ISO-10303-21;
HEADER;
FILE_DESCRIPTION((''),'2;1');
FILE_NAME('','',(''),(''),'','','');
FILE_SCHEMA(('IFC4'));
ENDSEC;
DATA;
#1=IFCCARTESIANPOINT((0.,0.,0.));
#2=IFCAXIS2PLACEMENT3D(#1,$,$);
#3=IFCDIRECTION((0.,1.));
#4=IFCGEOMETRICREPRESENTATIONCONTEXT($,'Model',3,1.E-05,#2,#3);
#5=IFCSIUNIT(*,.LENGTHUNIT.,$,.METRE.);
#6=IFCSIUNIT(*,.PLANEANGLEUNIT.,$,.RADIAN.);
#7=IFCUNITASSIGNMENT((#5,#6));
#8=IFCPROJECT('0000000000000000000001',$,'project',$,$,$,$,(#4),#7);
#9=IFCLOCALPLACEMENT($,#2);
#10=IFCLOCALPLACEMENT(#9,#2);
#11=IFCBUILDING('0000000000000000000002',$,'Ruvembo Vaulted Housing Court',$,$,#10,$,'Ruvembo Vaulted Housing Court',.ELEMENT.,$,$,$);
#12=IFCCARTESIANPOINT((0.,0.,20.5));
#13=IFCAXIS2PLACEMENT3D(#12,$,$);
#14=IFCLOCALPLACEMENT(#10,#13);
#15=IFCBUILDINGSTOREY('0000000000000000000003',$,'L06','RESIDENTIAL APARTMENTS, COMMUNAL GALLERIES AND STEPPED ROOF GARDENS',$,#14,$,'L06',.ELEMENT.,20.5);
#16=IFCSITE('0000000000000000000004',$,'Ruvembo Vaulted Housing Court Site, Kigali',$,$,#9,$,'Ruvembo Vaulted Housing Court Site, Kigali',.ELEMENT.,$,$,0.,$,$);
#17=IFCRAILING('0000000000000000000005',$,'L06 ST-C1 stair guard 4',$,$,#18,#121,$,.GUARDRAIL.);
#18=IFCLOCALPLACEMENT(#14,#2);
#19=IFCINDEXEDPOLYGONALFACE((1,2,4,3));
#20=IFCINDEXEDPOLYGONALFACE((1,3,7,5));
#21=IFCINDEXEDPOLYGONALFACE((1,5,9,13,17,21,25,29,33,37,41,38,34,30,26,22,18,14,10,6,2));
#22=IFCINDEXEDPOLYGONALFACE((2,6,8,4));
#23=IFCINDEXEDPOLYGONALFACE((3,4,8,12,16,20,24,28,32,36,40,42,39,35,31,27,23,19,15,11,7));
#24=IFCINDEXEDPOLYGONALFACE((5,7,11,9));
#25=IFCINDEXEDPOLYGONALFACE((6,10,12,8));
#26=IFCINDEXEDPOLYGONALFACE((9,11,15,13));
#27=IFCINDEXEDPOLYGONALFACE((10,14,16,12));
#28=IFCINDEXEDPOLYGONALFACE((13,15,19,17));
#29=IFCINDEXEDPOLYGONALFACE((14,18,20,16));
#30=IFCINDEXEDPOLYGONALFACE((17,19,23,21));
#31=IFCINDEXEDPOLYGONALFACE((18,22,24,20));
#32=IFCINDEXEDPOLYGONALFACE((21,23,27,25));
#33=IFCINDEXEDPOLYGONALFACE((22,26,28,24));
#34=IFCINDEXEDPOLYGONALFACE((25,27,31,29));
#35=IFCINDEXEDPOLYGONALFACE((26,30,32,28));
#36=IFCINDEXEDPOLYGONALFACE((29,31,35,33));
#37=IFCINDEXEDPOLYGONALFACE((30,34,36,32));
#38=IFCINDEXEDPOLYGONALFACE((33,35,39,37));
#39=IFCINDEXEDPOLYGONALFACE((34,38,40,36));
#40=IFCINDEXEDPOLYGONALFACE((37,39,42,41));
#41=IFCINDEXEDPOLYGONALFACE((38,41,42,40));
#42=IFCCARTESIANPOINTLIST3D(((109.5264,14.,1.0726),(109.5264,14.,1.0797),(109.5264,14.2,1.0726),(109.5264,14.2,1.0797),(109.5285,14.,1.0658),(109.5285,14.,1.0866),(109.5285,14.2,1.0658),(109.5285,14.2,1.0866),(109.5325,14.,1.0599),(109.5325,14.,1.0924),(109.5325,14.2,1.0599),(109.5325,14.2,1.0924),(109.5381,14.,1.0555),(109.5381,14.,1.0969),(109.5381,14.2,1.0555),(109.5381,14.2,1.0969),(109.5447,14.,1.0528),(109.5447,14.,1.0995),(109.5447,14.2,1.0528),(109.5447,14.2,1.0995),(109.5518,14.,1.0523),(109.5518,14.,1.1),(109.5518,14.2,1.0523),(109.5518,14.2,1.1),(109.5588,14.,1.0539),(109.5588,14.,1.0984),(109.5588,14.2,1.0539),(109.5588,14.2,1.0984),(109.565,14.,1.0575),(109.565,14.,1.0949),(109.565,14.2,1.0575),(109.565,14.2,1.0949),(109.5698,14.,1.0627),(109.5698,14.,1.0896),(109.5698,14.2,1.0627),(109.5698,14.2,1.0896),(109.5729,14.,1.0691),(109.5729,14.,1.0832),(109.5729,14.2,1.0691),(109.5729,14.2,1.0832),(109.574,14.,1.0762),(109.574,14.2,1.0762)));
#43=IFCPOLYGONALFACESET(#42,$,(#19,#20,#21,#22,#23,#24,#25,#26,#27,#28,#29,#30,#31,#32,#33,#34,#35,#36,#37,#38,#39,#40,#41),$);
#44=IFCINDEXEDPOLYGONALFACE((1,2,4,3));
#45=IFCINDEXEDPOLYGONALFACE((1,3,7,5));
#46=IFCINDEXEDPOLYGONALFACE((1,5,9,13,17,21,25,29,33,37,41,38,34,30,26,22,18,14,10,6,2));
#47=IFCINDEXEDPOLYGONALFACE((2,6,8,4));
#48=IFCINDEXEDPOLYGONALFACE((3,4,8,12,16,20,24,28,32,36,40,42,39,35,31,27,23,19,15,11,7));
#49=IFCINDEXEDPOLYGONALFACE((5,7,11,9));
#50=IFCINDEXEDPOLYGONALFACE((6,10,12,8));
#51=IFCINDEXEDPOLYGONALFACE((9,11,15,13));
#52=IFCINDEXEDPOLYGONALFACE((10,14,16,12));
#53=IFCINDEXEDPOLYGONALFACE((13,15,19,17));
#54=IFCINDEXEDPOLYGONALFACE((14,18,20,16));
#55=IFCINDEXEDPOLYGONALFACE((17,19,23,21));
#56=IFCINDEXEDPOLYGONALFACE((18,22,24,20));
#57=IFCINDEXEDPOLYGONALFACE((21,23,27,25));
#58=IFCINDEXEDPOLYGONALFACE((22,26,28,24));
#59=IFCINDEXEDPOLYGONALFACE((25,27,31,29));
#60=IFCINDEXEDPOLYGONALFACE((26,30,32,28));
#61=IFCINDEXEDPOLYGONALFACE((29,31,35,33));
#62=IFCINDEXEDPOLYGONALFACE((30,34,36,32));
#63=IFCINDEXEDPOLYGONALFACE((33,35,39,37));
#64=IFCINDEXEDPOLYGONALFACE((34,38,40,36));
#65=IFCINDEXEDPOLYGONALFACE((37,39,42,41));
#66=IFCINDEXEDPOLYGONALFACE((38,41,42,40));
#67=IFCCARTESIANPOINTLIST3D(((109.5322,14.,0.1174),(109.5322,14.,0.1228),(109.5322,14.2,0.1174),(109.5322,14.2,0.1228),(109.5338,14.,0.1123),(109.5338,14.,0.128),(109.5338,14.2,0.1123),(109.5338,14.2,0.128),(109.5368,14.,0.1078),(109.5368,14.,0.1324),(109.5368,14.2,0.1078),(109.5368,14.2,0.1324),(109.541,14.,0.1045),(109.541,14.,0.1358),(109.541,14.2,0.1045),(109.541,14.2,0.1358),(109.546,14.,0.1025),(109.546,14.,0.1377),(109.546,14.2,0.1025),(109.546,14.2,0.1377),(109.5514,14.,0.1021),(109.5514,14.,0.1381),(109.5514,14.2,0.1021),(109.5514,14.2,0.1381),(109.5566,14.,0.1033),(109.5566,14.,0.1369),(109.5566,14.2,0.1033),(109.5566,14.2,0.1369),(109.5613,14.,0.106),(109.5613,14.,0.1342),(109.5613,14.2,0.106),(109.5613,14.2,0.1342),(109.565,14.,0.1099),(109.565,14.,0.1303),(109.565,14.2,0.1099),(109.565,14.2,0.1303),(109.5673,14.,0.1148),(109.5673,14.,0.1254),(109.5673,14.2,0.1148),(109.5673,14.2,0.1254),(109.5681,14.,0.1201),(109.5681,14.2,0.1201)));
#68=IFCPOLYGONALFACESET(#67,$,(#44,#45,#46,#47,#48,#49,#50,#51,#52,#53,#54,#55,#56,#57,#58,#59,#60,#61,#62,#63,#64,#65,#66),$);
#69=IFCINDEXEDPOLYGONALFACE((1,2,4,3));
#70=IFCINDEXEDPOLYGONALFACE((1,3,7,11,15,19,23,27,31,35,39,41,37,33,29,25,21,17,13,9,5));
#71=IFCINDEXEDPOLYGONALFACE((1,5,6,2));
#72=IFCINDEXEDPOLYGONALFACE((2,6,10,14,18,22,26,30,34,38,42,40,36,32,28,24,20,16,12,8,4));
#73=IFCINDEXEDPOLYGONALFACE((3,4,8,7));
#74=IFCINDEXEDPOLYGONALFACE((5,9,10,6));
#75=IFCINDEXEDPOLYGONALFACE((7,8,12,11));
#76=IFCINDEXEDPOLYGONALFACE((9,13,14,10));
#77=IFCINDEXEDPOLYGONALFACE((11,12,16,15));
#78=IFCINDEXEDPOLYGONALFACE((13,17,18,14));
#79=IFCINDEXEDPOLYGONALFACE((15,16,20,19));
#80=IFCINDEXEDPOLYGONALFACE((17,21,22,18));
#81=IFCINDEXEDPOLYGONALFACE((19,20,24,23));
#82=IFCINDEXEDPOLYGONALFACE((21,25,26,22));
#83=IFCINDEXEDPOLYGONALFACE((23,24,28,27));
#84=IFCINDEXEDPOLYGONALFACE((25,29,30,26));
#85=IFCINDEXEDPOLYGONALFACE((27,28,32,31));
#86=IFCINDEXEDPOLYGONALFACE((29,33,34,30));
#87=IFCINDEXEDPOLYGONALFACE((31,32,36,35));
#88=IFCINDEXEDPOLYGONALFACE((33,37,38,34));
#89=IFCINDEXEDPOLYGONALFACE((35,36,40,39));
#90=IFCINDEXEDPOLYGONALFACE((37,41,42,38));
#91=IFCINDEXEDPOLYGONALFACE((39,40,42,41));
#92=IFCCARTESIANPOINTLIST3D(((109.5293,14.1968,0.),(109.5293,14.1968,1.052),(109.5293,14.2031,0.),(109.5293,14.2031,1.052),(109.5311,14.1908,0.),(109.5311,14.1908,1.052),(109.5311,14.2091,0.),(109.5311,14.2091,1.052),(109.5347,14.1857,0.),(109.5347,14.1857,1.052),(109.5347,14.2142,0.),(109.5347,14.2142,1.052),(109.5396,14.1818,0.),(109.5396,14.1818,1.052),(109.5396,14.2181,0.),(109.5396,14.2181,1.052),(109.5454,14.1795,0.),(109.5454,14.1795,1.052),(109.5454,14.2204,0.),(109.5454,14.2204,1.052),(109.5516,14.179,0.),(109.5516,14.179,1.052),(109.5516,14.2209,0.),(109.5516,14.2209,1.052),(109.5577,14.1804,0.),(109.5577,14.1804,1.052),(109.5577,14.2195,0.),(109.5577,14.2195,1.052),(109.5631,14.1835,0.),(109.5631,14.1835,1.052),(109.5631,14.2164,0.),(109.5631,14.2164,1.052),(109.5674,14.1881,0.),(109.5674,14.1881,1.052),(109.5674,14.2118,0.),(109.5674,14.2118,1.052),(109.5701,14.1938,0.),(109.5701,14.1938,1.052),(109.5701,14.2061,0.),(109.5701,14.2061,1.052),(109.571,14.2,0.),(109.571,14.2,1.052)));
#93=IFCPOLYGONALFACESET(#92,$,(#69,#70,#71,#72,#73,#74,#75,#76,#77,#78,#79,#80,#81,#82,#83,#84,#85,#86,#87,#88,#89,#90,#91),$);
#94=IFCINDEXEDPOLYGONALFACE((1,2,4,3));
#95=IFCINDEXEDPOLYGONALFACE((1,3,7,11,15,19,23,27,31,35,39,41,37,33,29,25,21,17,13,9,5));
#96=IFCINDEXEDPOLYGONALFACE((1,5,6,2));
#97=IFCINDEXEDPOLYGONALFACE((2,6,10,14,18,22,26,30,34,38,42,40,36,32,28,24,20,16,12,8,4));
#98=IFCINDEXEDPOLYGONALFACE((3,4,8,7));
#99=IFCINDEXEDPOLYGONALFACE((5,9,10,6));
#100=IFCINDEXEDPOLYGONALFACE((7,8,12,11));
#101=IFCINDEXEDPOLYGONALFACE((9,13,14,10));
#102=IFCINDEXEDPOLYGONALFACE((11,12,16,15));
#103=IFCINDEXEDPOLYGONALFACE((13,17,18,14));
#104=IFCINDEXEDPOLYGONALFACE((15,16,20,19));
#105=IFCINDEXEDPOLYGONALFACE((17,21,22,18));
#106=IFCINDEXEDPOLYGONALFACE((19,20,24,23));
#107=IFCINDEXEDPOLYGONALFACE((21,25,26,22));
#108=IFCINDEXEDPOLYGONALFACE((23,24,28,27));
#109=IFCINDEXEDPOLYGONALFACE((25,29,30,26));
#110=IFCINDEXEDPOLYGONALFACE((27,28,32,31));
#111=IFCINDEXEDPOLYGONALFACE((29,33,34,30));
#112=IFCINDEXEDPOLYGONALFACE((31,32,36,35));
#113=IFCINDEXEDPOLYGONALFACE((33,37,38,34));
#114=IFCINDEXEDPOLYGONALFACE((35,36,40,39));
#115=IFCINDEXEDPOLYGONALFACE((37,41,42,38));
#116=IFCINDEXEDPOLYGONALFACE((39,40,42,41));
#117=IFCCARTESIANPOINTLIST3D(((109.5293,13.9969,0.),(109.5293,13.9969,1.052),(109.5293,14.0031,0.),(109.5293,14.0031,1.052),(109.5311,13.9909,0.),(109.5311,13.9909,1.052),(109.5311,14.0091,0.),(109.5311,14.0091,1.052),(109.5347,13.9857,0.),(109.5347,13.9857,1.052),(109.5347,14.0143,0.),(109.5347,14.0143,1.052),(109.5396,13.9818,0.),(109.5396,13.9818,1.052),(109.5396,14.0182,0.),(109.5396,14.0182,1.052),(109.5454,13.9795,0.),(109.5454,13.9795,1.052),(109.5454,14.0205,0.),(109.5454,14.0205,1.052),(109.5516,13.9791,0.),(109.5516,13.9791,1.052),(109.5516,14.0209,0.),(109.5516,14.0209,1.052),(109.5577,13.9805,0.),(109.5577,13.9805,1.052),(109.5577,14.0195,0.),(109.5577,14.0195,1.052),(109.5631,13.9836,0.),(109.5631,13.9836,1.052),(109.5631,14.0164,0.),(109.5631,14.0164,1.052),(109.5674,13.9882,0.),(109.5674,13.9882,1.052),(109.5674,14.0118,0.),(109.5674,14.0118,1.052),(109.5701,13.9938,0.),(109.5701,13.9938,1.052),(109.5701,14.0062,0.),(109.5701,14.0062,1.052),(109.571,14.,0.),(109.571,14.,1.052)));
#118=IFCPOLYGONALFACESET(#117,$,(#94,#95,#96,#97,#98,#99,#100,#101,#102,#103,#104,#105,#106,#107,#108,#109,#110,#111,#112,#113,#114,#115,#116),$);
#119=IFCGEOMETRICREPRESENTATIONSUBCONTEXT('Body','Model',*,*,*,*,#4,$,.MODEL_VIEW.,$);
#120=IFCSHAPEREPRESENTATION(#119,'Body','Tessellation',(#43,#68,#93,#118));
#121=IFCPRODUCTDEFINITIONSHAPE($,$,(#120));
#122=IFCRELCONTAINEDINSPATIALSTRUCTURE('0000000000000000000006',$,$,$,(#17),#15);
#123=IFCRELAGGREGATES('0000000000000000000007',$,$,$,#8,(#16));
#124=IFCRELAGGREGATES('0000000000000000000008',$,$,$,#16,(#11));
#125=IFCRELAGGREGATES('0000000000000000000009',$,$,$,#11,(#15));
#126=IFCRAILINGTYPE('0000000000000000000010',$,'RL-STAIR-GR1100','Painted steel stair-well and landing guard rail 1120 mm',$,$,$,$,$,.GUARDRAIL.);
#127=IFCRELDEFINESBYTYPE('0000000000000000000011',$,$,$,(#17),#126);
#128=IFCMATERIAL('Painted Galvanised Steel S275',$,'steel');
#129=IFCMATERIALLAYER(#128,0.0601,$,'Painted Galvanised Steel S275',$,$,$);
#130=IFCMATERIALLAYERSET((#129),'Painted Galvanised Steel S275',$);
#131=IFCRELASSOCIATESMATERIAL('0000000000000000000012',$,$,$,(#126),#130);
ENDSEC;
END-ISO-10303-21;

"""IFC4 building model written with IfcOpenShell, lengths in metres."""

from ifc_helpers import new_model, si_unit, direction, frame, origin, origin_2d, place, context, subcontext, project, spatial, circle, extrude, material, layer, layer_set, type_object, element, save


model = new_model("IFC4")

# Units and contexts
model_context = context("Model", 3, precision=1e-05, world=origin(), true_north=direction((0.0, 1.0)))
body_context = subcontext(model_context, "Body", "Model", "MODEL_VIEW")
ifc_project = project(units=[si_unit("LENGTHUNIT", "METRE"), si_unit("PLANEANGLEUNIT", "RADIAN")], contexts=[model_context])

# Site, building, storey
site_placement = place(None, origin())
site = spatial("IfcSite", under=ifc_project, at=site_placement, Name="Ruvembo Vaulted Housing Court Site, Kigali", LongName="Ruvembo Vaulted Housing Court Site, Kigali", CompositionType="ELEMENT", RefElevation=0.0)
building_placement = place(site_placement, origin())
building = spatial("IfcBuilding", under=site, at=building_placement, Name="Ruvembo Vaulted Housing Court", LongName="Ruvembo Vaulted Housing Court", CompositionType="ELEMENT")
storey_placement = place(building_placement, frame((0.0, 0.0, 20.5)))
storey = spatial("IfcBuildingStorey", under=building, at=storey_placement, Name="L06", Description="RESIDENTIAL APARTMENTS, COMMUNAL GALLERIES AND STEPPED ROOF GARDENS", LongName="L06", CompositionType="ELEMENT", Elevation=20.5)

# Railing
ifc_material_1 = material(Name="Painted Galvanised Steel S275", Category="steel")
ifc_layer_1 = layer(ifc_material_1, 0.0601, Name="Painted Galvanised Steel S275")
ifc_layer_set_1 = layer_set([ifc_layer_1], Name="Painted Galvanised Steel S275")
railing_type_1 = type_object("IfcRailingType", Name="RL-STAIR-GR1100", Description="Painted steel stair-well and landing guard rail 1120 mm", PredefinedType="GUARDRAIL", material=ifc_layer_set_1)
railing_1_placement = place(storey_placement, frame((109.55, 14.2, 0.0)))
element("IfcRailing", 1, at=railing_1_placement, inside=storey, type_object=railing_type_1, Name="L06 ST-C1 stair guard 4", PredefinedType="GUARDRAIL", context=body_context, shape_type="SweptSolid", body=[
    extrude(circle(Radius=0.0239, at=origin_2d()), frame((0.0, 0.0, 1.0762), z_axis=(0.0, -1.0, 0.0), x_axis=(1.0, 0.0, 0.0)), (0.0, 0.0, 1.0), 0.2),
    extrude(circle(Radius=0.0181, at=origin_2d()), frame((0.0, 0.0, 0.1201), z_axis=(0.0, -1.0, 0.0), x_axis=(1.0, 0.0, 0.0)), (0.0, 0.0, 1.0), 0.2),
    extrude(circle(Radius=0.021, at=origin_2d()), origin(), (0.0, 0.0, 1.0), 1.052),
    extrude(circle(Radius=0.021, at=origin_2d()), frame((0.0, -0.2, 0.0)), (0.0, 0.0, 1.0), 1.052),
])

save(model, "model.ifc")
